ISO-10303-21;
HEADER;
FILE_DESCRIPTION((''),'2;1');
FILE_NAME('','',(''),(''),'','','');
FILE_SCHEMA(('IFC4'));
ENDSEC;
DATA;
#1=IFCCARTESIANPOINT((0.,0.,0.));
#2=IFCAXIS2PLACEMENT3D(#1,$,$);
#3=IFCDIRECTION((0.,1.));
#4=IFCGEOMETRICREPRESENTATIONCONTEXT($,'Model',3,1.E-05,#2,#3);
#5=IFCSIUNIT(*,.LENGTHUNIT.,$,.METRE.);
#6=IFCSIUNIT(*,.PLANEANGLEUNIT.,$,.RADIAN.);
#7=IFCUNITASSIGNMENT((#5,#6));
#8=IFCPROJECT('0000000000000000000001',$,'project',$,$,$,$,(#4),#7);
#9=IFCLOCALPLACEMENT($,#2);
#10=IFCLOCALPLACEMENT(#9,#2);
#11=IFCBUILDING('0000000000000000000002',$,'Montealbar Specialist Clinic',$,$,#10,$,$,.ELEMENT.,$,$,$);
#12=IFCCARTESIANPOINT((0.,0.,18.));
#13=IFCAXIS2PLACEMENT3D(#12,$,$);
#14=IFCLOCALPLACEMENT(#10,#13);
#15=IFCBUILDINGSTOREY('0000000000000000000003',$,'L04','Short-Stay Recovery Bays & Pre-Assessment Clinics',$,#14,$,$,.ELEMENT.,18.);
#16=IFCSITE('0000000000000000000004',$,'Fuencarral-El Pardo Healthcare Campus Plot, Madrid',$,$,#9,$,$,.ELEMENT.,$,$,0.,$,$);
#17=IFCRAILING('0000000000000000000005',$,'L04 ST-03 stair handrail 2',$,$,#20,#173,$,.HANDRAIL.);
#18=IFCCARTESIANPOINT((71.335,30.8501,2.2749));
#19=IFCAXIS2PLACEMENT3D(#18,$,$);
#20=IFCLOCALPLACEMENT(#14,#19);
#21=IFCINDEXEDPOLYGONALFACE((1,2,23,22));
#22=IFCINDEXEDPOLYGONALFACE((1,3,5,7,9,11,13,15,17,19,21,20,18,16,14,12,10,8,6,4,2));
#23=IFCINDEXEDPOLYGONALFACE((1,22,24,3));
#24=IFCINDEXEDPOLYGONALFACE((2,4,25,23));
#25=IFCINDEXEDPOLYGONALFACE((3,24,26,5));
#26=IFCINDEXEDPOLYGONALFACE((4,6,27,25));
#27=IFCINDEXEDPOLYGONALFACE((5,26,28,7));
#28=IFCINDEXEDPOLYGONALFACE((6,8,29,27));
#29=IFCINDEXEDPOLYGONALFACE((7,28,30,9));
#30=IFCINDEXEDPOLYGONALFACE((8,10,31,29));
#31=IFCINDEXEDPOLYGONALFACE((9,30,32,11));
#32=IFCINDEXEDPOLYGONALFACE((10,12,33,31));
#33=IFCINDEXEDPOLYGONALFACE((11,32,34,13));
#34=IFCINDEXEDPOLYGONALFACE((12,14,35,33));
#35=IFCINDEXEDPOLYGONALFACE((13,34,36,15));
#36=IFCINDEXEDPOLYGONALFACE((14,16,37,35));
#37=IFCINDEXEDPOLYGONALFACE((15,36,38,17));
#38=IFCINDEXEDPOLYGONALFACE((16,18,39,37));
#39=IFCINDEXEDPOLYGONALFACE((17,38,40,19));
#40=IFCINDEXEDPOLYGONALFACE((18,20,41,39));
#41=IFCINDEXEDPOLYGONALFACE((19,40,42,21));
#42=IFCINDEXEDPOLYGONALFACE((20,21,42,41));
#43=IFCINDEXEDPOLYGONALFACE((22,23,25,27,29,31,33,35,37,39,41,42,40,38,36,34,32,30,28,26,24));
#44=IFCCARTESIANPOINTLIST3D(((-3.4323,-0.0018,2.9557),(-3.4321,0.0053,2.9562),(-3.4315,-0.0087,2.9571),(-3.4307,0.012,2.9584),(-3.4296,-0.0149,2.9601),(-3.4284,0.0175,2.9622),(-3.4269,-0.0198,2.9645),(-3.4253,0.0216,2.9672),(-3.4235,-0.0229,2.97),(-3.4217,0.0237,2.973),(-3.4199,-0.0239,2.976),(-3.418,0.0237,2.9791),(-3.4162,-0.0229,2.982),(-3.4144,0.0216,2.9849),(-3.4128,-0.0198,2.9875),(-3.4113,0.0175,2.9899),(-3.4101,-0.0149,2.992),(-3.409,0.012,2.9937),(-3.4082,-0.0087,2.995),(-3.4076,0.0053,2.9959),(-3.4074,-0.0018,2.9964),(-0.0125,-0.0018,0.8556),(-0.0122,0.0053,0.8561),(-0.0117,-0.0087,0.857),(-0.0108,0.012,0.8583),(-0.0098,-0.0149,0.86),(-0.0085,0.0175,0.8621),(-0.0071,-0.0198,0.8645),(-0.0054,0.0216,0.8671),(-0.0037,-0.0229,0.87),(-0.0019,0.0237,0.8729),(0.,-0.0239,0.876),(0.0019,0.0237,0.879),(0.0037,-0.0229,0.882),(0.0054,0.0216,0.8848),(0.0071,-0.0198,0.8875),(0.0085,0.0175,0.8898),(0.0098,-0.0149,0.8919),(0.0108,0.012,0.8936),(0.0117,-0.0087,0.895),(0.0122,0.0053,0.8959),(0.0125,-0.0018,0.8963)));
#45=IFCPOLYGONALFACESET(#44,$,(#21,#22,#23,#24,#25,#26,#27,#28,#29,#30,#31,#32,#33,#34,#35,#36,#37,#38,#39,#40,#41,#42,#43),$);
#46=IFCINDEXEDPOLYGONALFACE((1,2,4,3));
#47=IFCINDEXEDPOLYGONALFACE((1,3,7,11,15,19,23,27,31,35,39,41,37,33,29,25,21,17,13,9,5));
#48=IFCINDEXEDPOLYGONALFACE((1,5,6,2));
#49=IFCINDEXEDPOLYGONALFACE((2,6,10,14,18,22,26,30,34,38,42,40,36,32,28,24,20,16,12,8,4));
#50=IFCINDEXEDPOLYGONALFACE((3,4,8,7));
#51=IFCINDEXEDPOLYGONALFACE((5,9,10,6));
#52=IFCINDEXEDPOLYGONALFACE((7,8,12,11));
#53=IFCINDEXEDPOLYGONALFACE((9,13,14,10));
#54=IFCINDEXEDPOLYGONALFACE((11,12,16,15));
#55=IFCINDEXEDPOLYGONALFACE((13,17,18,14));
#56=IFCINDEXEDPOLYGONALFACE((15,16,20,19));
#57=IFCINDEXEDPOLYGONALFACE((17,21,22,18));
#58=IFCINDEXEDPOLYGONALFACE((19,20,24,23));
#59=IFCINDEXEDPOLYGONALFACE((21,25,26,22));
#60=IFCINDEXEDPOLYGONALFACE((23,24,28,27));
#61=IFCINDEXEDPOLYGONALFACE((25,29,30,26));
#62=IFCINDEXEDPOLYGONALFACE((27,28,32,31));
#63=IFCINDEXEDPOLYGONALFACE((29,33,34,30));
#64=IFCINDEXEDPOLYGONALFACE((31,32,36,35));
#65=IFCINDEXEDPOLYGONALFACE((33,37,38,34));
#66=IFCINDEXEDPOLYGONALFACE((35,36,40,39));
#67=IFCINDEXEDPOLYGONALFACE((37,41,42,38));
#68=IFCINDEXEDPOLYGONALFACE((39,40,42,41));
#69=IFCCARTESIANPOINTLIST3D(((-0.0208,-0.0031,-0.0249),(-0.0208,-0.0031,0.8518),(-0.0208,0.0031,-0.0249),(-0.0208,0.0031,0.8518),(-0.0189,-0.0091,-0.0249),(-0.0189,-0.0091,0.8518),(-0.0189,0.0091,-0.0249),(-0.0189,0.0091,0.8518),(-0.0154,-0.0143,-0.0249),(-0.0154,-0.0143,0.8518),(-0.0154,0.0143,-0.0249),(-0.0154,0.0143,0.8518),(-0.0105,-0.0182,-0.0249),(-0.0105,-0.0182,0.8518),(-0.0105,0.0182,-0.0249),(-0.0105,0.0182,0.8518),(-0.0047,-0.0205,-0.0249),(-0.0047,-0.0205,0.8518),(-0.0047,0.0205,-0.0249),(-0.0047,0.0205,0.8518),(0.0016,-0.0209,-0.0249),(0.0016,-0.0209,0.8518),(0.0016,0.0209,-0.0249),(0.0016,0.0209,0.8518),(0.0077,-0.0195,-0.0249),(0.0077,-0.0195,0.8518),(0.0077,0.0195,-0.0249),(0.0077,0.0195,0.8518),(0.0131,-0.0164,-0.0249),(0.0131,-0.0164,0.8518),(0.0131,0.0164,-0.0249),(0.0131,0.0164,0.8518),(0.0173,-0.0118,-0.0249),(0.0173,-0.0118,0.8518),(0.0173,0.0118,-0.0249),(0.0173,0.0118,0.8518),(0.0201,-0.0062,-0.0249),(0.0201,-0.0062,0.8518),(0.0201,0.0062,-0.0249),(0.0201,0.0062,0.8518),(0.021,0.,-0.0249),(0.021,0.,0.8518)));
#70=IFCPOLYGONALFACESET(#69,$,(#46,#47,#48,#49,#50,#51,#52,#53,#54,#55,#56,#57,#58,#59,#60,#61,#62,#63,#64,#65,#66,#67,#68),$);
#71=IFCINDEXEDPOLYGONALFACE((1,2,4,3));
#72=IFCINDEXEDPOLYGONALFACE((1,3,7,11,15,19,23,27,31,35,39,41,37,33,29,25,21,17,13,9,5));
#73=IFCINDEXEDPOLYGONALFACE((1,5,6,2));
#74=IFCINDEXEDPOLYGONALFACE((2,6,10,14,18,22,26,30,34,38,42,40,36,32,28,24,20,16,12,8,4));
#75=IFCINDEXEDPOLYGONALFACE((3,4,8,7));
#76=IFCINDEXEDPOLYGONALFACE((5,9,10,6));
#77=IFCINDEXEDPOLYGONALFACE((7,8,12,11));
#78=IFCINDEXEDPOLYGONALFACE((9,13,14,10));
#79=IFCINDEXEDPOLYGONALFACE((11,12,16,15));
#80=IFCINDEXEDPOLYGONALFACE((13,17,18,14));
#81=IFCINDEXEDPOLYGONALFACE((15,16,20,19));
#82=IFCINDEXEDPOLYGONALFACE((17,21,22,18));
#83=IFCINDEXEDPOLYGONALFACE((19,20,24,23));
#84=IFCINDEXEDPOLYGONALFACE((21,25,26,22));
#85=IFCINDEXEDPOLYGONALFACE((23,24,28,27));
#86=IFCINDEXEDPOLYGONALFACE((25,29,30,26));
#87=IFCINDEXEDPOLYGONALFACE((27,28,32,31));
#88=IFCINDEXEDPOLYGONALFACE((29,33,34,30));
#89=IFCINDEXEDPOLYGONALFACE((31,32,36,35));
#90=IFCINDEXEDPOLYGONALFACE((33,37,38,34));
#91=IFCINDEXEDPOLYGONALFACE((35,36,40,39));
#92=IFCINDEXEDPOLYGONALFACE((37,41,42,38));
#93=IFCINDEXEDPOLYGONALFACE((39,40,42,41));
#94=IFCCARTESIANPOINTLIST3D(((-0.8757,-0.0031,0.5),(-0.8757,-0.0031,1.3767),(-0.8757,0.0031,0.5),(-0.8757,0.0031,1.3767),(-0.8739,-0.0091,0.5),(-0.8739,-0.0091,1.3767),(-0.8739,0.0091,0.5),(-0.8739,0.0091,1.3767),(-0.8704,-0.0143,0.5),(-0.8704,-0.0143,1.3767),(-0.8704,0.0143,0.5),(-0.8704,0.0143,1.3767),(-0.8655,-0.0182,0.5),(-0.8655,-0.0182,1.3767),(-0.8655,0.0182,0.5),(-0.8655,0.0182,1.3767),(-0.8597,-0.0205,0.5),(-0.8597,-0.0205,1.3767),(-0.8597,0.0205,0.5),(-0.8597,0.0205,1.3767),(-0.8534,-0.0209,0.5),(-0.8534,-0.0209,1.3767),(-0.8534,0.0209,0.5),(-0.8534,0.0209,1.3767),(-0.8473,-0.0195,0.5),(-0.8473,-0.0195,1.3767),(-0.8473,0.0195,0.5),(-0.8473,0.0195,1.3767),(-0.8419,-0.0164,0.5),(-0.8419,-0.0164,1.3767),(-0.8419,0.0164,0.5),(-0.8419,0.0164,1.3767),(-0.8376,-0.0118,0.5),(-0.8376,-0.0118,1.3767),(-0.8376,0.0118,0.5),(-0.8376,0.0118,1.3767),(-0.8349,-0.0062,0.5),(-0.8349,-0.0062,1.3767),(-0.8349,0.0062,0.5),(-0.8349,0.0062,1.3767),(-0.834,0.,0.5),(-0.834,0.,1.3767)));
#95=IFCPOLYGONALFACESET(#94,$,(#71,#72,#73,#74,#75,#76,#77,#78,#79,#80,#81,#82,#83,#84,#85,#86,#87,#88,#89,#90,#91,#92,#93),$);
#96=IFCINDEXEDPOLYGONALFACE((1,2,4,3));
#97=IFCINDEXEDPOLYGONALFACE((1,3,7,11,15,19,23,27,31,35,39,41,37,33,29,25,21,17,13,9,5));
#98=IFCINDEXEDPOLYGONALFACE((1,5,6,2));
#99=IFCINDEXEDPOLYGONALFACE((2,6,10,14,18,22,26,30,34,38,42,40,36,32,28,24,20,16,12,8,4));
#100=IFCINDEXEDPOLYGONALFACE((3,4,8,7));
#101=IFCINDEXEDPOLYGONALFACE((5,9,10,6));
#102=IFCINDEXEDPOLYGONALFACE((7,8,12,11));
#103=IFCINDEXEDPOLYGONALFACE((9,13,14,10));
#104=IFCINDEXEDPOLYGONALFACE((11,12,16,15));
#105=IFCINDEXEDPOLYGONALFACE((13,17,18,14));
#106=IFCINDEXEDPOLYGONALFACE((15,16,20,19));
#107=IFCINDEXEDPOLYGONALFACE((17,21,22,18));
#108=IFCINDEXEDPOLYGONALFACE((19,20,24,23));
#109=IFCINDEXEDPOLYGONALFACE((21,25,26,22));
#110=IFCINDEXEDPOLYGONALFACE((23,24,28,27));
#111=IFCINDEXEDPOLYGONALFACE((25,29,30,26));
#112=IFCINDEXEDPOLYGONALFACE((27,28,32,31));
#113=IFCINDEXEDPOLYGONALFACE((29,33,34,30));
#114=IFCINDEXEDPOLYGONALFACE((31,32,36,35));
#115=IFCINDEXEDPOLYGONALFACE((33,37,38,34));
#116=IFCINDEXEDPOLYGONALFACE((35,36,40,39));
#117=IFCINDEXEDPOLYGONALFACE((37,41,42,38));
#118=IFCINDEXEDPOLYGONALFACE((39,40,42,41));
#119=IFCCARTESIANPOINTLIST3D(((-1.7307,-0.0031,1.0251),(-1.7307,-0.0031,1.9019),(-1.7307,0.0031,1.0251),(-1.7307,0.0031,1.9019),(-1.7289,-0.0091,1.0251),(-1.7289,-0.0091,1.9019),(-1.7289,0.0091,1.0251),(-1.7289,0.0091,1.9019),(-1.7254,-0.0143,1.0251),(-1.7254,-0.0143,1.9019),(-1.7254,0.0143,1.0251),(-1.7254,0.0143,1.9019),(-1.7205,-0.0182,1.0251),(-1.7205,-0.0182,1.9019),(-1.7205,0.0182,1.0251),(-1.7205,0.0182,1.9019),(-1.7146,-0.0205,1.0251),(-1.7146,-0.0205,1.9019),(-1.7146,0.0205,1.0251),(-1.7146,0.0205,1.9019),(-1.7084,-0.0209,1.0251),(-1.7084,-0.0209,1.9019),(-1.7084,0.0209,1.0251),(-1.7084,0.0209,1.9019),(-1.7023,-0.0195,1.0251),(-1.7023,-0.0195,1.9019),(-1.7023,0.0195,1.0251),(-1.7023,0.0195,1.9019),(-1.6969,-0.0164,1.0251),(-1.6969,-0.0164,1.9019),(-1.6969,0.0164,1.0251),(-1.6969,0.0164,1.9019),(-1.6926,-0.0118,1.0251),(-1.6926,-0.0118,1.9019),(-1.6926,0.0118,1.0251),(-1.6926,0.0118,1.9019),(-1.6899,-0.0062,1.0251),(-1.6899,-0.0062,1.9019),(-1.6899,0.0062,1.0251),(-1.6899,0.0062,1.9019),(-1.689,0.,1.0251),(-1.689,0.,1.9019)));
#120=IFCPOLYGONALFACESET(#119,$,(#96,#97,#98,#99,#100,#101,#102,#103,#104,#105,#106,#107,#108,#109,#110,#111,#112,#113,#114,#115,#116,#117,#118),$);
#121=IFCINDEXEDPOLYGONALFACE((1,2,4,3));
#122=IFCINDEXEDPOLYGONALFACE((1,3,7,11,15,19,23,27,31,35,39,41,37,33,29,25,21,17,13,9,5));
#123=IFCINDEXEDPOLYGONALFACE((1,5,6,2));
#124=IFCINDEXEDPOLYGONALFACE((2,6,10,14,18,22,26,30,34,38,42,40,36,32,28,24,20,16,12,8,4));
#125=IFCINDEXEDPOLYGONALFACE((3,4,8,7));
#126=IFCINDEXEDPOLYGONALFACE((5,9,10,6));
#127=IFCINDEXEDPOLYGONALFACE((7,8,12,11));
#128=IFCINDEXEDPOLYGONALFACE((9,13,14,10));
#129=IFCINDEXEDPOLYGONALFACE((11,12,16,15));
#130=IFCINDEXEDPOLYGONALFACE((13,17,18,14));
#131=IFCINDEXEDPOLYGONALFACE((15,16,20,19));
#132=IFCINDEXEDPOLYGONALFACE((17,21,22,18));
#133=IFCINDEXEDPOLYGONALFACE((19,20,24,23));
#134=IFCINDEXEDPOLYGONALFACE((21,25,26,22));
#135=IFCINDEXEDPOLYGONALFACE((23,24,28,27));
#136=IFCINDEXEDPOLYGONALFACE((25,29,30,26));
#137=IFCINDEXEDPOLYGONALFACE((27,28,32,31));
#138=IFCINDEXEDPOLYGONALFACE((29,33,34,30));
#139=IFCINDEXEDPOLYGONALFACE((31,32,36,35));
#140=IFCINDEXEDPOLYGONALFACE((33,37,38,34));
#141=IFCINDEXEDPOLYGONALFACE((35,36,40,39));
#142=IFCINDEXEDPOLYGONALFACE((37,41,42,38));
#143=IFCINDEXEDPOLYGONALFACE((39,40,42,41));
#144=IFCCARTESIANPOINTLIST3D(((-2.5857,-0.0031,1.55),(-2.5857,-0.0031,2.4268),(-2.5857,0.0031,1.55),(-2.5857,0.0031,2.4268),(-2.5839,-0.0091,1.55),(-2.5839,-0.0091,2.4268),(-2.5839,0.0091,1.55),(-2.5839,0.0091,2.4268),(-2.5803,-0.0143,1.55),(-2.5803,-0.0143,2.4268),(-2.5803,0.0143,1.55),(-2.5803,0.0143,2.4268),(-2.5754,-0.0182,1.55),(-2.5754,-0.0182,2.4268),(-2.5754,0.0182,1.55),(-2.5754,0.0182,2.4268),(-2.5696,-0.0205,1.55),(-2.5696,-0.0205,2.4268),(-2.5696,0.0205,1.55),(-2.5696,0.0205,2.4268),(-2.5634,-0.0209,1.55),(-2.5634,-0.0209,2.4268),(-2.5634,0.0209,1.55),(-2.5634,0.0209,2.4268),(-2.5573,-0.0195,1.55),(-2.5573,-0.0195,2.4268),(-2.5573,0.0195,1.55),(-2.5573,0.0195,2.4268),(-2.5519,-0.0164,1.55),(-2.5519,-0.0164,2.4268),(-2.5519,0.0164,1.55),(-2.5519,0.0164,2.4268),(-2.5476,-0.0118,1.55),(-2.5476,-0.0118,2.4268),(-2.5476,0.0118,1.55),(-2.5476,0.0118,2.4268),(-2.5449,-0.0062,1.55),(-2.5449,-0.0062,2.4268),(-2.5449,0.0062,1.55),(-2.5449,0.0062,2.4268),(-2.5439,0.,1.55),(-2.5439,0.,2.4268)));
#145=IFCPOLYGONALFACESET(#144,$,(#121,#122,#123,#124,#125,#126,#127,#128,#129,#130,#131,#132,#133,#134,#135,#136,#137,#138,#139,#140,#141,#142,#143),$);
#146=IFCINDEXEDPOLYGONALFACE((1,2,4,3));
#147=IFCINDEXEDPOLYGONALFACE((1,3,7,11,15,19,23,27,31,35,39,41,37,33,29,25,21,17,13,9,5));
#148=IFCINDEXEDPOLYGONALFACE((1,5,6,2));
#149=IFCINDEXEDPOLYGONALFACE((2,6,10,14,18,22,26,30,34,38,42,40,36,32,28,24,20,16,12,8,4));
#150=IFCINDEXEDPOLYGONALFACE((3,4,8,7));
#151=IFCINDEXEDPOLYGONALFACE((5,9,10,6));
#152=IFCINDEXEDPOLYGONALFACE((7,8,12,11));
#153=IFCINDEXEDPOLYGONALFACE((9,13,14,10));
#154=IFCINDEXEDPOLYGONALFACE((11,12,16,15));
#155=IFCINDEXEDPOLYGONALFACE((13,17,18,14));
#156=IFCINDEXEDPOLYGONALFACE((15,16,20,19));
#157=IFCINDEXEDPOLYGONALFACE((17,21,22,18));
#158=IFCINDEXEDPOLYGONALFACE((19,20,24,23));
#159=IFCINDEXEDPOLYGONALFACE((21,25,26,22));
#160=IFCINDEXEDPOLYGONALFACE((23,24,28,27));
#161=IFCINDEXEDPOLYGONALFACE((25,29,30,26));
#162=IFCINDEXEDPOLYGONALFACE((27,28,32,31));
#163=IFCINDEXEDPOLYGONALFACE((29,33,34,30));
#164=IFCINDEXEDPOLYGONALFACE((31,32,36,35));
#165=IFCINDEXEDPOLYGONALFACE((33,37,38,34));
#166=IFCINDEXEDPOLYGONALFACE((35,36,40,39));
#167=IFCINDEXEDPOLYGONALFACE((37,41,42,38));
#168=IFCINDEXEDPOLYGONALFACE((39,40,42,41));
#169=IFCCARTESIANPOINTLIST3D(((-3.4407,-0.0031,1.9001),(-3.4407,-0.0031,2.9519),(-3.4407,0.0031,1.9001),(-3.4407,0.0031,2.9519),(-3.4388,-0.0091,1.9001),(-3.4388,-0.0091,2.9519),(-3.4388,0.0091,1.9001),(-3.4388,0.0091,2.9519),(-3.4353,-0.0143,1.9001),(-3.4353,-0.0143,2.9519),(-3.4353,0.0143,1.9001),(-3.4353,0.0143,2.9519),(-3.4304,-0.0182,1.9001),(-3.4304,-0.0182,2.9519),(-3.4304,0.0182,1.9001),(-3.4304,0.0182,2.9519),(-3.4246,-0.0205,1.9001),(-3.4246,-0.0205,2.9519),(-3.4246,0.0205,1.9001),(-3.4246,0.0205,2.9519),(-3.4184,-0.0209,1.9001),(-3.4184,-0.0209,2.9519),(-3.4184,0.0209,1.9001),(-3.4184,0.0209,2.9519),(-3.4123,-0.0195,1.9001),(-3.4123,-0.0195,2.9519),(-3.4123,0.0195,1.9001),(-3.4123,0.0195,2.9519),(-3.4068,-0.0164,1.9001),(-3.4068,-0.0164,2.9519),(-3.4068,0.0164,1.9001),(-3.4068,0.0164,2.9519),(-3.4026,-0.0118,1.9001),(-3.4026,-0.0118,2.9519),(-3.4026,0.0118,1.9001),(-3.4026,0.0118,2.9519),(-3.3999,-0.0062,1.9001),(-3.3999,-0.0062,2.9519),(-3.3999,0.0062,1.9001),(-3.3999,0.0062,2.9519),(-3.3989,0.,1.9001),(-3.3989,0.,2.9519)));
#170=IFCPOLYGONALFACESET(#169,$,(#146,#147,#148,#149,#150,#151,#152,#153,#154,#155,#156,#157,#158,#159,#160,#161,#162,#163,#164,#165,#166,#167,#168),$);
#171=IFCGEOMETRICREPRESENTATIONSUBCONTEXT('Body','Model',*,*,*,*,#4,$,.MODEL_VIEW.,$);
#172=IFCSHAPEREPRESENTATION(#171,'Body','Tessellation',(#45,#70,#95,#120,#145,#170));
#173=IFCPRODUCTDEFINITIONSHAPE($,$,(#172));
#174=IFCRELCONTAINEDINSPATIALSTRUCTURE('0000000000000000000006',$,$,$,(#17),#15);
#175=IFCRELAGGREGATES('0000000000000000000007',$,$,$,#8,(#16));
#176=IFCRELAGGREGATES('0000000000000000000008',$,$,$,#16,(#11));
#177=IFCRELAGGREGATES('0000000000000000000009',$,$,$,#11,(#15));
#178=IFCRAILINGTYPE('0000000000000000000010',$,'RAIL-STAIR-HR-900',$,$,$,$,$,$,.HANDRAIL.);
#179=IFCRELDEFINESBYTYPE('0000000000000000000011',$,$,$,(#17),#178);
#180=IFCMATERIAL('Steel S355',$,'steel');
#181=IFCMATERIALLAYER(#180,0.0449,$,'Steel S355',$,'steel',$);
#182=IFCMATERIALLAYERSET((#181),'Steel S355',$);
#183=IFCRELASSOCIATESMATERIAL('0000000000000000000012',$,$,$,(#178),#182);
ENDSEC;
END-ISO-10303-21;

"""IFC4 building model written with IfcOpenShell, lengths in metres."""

from ifc_helpers import new_model, si_unit, direction, frame, origin, origin_2d, place, context, subcontext, project, spatial, circle, extrude, material, layer, layer_set, type_object, element, save


model = new_model("IFC4")

# Units and contexts
model_context = context("Model", 3, precision=1e-05, world=origin(), true_north=direction((0.0, 1.0)))
body_context = subcontext(model_context, "Body", "Model", "MODEL_VIEW")
ifc_project = project(units=[si_unit("LENGTHUNIT", "METRE"), si_unit("PLANEANGLEUNIT", "RADIAN")], contexts=[model_context])

# Site, building, storey
site_placement = place(None, origin())
site = spatial("IfcSite", under=ifc_project, at=site_placement, Name="Fuencarral-El Pardo Healthcare Campus Plot, Madrid", CompositionType="ELEMENT", RefElevation=0.0)
building_placement = place(site_placement, origin())
building = spatial("IfcBuilding", under=site, at=building_placement, Name="Montealbar Specialist Clinic", CompositionType="ELEMENT")
storey_placement = place(building_placement, frame((0.0, 0.0, 18.0)))
storey = spatial("IfcBuildingStorey", under=building, at=storey_placement, Name="L04", Description="Short-Stay Recovery Bays & Pre-Assessment Clinics", CompositionType="ELEMENT", Elevation=18.0)

# Shared definitions
ifc_material_1 = material(Name="Steel S355", Category="steel")

# Railing
ifc_layer_1 = layer(ifc_material_1, 0.0449, Name="Steel S355", Category="steel")
ifc_layer_set_1 = layer_set([ifc_layer_1], Name="Steel S355")
railing_type_1 = type_object("IfcRailingType", Name="RAIL-STAIR-HR-900", PredefinedType="HANDRAIL", material=ifc_layer_set_1)
railing_1_placement = place(storey_placement, frame((71.335, 30.8501, 2.2749)))
element("IfcRailing", 1, at=railing_1_placement, inside=storey, type_object=railing_type_1, Name="L04 ST-03 stair handrail 2", PredefinedType="HANDRAIL", context=body_context, shape_type="SweptSolid", body=[
    extrude(circle(Radius=0.0239, at=origin_2d()), frame((0.0, 0.0, 0.876), z_axis=(-0.852155, 0.0, 0.523289), x_axis=(0.0, -1.0, 0.0)), (0.0, 0.0, 1.0), 4.0132),
    extrude(circle(Radius=0.021, at=origin_2d()), frame((0.0, 0.0, -0.0249)), (0.0, 0.0, 1.0), 0.8767),
    extrude(circle(Radius=0.021, at=origin_2d()), frame((-0.855, 0.0, 0.5)), (0.0, 0.0, 1.0), 0.8767),
    extrude(circle(Radius=0.021, at=origin_2d()), frame((-1.71, 0.0, 1.0251)), (0.0, 0.0, 1.0), 0.8767),
    extrude(circle(Radius=0.021, at=origin_2d()), frame((-2.5649, 0.0, 1.55)), (0.0, 0.0, 1.0), 0.8767),
    extrude(circle(Radius=0.021, at=origin_2d()), frame((-3.4199, 0.0, 1.9001)), (0.0, 0.0, 1.0), 1.0518),
])

save(model, "model.ifc")
